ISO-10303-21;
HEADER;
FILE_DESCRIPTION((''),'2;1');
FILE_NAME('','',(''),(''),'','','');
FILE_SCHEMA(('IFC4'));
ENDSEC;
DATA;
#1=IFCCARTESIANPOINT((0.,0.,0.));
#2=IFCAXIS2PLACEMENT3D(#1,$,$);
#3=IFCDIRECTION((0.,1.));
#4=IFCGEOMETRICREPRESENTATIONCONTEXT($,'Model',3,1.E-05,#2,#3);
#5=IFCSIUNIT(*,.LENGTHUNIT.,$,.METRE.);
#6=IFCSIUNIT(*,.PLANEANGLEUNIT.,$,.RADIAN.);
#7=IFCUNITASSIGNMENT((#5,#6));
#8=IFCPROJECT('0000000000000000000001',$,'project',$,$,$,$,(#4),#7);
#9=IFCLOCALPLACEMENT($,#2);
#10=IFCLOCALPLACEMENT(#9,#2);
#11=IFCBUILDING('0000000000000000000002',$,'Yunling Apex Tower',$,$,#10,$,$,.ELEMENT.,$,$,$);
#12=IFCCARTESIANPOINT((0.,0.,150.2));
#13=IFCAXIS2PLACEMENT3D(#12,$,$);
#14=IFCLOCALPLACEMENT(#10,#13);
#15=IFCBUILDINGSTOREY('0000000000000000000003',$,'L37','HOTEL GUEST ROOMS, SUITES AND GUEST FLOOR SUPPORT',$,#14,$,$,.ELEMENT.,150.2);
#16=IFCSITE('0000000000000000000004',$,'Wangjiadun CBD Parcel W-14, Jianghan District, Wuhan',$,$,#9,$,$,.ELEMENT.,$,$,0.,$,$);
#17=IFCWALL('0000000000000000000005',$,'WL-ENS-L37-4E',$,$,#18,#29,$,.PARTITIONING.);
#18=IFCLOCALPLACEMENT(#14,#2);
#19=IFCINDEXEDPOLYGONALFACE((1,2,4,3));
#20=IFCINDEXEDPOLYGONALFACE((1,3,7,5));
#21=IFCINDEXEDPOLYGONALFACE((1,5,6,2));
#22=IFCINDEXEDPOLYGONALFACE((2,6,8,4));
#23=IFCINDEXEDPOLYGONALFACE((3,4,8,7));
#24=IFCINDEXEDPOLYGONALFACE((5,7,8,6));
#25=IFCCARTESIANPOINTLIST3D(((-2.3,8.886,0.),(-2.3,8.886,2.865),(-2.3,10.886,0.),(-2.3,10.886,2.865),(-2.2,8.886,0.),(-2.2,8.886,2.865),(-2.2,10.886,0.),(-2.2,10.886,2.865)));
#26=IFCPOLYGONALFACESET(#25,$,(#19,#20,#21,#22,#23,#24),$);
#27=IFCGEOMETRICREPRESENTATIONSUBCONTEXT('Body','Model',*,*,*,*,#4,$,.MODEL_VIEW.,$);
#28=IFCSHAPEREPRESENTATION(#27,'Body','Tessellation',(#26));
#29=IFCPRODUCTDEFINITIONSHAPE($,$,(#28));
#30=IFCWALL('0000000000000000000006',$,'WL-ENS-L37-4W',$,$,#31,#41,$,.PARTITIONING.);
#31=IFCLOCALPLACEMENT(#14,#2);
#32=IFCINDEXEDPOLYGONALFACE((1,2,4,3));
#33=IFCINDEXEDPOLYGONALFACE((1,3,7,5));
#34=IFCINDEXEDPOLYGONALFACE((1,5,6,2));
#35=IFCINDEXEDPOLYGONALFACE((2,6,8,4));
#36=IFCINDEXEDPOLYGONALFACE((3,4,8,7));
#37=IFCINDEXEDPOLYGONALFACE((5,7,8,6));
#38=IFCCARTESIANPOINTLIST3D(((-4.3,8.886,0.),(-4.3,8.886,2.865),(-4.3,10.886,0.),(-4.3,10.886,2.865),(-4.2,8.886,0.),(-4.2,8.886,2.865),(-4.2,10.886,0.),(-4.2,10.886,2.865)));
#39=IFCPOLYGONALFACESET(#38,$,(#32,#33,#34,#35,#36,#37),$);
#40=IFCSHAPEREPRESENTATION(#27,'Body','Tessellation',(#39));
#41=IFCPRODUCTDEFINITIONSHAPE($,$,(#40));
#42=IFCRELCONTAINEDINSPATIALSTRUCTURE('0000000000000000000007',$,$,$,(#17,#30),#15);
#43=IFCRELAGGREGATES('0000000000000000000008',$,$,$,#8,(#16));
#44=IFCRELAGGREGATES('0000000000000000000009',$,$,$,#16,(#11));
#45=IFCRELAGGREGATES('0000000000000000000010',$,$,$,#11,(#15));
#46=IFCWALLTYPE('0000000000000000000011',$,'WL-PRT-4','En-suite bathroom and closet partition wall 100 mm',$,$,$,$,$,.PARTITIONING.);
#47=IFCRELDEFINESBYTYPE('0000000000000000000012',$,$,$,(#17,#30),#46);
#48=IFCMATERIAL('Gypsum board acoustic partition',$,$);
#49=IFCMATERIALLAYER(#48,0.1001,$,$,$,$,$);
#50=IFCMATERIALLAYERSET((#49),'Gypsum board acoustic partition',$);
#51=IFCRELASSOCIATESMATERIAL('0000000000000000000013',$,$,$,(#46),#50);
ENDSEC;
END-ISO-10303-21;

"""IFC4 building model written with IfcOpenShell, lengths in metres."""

from ifc_helpers import new_model, si_unit, direction, frame, frame_2d, origin, place, context, subcontext, project, spatial, rectangle, extrude, material, layer, layer_set, type_object, element, save


model = new_model("IFC4")

# Units and contexts
model_context = context("Model", 3, precision=1e-05, world=origin(), true_north=direction((0.0, 1.0)))
body_context = subcontext(model_context, "Body", "Model", "MODEL_VIEW")
ifc_project = project(units=[si_unit("LENGTHUNIT", "METRE"), si_unit("PLANEANGLEUNIT", "RADIAN")], contexts=[model_context])

# Site, building, storey
site_placement = place(None, origin())
site = spatial("IfcSite", under=ifc_project, at=site_placement, Name="Wangjiadun CBD Parcel W-14, Jianghan District, Wuhan", CompositionType="ELEMENT", RefElevation=0.0)
building_placement = place(site_placement, origin())
building = spatial("IfcBuilding", under=site, at=building_placement, Name="Yunling Apex Tower", CompositionType="ELEMENT")
storey_placement = place(building_placement, frame((0.0, 0.0, 150.2)))
storey = spatial("IfcBuildingStorey", under=building, at=storey_placement, Name="L37", Description="HOTEL GUEST ROOMS, SUITES AND GUEST FLOOR SUPPORT", CompositionType="ELEMENT", Elevation=150.2)

# Shared definitions
ifc_material_1 = material(Name="Gypsum board acoustic partition")

# Shared definitions
ifc_layer_1 = layer(ifc_material_1, 0.1001)
ifc_layer_set_1 = layer_set([ifc_layer_1], Name="Gypsum board acoustic partition")
wall_type_1 = type_object("IfcWallType", Name="WL-PRT-4", Description="En-suite bathroom and closet partition wall 100 mm", PredefinedType="PARTITIONING", material=ifc_layer_set_1)

# Walls
for number, where, z_axis, x_axis, name in (
    (1, (-2.25, 10.886, 0.0), (0.0, 0.0, 1.0), (0.0, -1.0, 0.0), "WL-ENS-L37-4E"),
    (2, (-4.25, 8.886, 0.0), (0.0, 0.0, 1.0), (0.0, 1.0, 0.0), "WL-ENS-L37-4W"),
):
    element("IfcWall", number, at=place(storey_placement, frame(where, z_axis=z_axis, x_axis=x_axis)), inside=storey, type_object=wall_type_1, Name=name, PredefinedType="PARTITIONING", context=body_context, shape_type="SweptSolid", body=[
        extrude(rectangle(XDim=2.0, YDim=0.1001, at=frame_2d((1.0, 0.0))), origin(), (0.0, 0.0, 1.0), 2.865),
    ])

save(model, "model.ifc")
